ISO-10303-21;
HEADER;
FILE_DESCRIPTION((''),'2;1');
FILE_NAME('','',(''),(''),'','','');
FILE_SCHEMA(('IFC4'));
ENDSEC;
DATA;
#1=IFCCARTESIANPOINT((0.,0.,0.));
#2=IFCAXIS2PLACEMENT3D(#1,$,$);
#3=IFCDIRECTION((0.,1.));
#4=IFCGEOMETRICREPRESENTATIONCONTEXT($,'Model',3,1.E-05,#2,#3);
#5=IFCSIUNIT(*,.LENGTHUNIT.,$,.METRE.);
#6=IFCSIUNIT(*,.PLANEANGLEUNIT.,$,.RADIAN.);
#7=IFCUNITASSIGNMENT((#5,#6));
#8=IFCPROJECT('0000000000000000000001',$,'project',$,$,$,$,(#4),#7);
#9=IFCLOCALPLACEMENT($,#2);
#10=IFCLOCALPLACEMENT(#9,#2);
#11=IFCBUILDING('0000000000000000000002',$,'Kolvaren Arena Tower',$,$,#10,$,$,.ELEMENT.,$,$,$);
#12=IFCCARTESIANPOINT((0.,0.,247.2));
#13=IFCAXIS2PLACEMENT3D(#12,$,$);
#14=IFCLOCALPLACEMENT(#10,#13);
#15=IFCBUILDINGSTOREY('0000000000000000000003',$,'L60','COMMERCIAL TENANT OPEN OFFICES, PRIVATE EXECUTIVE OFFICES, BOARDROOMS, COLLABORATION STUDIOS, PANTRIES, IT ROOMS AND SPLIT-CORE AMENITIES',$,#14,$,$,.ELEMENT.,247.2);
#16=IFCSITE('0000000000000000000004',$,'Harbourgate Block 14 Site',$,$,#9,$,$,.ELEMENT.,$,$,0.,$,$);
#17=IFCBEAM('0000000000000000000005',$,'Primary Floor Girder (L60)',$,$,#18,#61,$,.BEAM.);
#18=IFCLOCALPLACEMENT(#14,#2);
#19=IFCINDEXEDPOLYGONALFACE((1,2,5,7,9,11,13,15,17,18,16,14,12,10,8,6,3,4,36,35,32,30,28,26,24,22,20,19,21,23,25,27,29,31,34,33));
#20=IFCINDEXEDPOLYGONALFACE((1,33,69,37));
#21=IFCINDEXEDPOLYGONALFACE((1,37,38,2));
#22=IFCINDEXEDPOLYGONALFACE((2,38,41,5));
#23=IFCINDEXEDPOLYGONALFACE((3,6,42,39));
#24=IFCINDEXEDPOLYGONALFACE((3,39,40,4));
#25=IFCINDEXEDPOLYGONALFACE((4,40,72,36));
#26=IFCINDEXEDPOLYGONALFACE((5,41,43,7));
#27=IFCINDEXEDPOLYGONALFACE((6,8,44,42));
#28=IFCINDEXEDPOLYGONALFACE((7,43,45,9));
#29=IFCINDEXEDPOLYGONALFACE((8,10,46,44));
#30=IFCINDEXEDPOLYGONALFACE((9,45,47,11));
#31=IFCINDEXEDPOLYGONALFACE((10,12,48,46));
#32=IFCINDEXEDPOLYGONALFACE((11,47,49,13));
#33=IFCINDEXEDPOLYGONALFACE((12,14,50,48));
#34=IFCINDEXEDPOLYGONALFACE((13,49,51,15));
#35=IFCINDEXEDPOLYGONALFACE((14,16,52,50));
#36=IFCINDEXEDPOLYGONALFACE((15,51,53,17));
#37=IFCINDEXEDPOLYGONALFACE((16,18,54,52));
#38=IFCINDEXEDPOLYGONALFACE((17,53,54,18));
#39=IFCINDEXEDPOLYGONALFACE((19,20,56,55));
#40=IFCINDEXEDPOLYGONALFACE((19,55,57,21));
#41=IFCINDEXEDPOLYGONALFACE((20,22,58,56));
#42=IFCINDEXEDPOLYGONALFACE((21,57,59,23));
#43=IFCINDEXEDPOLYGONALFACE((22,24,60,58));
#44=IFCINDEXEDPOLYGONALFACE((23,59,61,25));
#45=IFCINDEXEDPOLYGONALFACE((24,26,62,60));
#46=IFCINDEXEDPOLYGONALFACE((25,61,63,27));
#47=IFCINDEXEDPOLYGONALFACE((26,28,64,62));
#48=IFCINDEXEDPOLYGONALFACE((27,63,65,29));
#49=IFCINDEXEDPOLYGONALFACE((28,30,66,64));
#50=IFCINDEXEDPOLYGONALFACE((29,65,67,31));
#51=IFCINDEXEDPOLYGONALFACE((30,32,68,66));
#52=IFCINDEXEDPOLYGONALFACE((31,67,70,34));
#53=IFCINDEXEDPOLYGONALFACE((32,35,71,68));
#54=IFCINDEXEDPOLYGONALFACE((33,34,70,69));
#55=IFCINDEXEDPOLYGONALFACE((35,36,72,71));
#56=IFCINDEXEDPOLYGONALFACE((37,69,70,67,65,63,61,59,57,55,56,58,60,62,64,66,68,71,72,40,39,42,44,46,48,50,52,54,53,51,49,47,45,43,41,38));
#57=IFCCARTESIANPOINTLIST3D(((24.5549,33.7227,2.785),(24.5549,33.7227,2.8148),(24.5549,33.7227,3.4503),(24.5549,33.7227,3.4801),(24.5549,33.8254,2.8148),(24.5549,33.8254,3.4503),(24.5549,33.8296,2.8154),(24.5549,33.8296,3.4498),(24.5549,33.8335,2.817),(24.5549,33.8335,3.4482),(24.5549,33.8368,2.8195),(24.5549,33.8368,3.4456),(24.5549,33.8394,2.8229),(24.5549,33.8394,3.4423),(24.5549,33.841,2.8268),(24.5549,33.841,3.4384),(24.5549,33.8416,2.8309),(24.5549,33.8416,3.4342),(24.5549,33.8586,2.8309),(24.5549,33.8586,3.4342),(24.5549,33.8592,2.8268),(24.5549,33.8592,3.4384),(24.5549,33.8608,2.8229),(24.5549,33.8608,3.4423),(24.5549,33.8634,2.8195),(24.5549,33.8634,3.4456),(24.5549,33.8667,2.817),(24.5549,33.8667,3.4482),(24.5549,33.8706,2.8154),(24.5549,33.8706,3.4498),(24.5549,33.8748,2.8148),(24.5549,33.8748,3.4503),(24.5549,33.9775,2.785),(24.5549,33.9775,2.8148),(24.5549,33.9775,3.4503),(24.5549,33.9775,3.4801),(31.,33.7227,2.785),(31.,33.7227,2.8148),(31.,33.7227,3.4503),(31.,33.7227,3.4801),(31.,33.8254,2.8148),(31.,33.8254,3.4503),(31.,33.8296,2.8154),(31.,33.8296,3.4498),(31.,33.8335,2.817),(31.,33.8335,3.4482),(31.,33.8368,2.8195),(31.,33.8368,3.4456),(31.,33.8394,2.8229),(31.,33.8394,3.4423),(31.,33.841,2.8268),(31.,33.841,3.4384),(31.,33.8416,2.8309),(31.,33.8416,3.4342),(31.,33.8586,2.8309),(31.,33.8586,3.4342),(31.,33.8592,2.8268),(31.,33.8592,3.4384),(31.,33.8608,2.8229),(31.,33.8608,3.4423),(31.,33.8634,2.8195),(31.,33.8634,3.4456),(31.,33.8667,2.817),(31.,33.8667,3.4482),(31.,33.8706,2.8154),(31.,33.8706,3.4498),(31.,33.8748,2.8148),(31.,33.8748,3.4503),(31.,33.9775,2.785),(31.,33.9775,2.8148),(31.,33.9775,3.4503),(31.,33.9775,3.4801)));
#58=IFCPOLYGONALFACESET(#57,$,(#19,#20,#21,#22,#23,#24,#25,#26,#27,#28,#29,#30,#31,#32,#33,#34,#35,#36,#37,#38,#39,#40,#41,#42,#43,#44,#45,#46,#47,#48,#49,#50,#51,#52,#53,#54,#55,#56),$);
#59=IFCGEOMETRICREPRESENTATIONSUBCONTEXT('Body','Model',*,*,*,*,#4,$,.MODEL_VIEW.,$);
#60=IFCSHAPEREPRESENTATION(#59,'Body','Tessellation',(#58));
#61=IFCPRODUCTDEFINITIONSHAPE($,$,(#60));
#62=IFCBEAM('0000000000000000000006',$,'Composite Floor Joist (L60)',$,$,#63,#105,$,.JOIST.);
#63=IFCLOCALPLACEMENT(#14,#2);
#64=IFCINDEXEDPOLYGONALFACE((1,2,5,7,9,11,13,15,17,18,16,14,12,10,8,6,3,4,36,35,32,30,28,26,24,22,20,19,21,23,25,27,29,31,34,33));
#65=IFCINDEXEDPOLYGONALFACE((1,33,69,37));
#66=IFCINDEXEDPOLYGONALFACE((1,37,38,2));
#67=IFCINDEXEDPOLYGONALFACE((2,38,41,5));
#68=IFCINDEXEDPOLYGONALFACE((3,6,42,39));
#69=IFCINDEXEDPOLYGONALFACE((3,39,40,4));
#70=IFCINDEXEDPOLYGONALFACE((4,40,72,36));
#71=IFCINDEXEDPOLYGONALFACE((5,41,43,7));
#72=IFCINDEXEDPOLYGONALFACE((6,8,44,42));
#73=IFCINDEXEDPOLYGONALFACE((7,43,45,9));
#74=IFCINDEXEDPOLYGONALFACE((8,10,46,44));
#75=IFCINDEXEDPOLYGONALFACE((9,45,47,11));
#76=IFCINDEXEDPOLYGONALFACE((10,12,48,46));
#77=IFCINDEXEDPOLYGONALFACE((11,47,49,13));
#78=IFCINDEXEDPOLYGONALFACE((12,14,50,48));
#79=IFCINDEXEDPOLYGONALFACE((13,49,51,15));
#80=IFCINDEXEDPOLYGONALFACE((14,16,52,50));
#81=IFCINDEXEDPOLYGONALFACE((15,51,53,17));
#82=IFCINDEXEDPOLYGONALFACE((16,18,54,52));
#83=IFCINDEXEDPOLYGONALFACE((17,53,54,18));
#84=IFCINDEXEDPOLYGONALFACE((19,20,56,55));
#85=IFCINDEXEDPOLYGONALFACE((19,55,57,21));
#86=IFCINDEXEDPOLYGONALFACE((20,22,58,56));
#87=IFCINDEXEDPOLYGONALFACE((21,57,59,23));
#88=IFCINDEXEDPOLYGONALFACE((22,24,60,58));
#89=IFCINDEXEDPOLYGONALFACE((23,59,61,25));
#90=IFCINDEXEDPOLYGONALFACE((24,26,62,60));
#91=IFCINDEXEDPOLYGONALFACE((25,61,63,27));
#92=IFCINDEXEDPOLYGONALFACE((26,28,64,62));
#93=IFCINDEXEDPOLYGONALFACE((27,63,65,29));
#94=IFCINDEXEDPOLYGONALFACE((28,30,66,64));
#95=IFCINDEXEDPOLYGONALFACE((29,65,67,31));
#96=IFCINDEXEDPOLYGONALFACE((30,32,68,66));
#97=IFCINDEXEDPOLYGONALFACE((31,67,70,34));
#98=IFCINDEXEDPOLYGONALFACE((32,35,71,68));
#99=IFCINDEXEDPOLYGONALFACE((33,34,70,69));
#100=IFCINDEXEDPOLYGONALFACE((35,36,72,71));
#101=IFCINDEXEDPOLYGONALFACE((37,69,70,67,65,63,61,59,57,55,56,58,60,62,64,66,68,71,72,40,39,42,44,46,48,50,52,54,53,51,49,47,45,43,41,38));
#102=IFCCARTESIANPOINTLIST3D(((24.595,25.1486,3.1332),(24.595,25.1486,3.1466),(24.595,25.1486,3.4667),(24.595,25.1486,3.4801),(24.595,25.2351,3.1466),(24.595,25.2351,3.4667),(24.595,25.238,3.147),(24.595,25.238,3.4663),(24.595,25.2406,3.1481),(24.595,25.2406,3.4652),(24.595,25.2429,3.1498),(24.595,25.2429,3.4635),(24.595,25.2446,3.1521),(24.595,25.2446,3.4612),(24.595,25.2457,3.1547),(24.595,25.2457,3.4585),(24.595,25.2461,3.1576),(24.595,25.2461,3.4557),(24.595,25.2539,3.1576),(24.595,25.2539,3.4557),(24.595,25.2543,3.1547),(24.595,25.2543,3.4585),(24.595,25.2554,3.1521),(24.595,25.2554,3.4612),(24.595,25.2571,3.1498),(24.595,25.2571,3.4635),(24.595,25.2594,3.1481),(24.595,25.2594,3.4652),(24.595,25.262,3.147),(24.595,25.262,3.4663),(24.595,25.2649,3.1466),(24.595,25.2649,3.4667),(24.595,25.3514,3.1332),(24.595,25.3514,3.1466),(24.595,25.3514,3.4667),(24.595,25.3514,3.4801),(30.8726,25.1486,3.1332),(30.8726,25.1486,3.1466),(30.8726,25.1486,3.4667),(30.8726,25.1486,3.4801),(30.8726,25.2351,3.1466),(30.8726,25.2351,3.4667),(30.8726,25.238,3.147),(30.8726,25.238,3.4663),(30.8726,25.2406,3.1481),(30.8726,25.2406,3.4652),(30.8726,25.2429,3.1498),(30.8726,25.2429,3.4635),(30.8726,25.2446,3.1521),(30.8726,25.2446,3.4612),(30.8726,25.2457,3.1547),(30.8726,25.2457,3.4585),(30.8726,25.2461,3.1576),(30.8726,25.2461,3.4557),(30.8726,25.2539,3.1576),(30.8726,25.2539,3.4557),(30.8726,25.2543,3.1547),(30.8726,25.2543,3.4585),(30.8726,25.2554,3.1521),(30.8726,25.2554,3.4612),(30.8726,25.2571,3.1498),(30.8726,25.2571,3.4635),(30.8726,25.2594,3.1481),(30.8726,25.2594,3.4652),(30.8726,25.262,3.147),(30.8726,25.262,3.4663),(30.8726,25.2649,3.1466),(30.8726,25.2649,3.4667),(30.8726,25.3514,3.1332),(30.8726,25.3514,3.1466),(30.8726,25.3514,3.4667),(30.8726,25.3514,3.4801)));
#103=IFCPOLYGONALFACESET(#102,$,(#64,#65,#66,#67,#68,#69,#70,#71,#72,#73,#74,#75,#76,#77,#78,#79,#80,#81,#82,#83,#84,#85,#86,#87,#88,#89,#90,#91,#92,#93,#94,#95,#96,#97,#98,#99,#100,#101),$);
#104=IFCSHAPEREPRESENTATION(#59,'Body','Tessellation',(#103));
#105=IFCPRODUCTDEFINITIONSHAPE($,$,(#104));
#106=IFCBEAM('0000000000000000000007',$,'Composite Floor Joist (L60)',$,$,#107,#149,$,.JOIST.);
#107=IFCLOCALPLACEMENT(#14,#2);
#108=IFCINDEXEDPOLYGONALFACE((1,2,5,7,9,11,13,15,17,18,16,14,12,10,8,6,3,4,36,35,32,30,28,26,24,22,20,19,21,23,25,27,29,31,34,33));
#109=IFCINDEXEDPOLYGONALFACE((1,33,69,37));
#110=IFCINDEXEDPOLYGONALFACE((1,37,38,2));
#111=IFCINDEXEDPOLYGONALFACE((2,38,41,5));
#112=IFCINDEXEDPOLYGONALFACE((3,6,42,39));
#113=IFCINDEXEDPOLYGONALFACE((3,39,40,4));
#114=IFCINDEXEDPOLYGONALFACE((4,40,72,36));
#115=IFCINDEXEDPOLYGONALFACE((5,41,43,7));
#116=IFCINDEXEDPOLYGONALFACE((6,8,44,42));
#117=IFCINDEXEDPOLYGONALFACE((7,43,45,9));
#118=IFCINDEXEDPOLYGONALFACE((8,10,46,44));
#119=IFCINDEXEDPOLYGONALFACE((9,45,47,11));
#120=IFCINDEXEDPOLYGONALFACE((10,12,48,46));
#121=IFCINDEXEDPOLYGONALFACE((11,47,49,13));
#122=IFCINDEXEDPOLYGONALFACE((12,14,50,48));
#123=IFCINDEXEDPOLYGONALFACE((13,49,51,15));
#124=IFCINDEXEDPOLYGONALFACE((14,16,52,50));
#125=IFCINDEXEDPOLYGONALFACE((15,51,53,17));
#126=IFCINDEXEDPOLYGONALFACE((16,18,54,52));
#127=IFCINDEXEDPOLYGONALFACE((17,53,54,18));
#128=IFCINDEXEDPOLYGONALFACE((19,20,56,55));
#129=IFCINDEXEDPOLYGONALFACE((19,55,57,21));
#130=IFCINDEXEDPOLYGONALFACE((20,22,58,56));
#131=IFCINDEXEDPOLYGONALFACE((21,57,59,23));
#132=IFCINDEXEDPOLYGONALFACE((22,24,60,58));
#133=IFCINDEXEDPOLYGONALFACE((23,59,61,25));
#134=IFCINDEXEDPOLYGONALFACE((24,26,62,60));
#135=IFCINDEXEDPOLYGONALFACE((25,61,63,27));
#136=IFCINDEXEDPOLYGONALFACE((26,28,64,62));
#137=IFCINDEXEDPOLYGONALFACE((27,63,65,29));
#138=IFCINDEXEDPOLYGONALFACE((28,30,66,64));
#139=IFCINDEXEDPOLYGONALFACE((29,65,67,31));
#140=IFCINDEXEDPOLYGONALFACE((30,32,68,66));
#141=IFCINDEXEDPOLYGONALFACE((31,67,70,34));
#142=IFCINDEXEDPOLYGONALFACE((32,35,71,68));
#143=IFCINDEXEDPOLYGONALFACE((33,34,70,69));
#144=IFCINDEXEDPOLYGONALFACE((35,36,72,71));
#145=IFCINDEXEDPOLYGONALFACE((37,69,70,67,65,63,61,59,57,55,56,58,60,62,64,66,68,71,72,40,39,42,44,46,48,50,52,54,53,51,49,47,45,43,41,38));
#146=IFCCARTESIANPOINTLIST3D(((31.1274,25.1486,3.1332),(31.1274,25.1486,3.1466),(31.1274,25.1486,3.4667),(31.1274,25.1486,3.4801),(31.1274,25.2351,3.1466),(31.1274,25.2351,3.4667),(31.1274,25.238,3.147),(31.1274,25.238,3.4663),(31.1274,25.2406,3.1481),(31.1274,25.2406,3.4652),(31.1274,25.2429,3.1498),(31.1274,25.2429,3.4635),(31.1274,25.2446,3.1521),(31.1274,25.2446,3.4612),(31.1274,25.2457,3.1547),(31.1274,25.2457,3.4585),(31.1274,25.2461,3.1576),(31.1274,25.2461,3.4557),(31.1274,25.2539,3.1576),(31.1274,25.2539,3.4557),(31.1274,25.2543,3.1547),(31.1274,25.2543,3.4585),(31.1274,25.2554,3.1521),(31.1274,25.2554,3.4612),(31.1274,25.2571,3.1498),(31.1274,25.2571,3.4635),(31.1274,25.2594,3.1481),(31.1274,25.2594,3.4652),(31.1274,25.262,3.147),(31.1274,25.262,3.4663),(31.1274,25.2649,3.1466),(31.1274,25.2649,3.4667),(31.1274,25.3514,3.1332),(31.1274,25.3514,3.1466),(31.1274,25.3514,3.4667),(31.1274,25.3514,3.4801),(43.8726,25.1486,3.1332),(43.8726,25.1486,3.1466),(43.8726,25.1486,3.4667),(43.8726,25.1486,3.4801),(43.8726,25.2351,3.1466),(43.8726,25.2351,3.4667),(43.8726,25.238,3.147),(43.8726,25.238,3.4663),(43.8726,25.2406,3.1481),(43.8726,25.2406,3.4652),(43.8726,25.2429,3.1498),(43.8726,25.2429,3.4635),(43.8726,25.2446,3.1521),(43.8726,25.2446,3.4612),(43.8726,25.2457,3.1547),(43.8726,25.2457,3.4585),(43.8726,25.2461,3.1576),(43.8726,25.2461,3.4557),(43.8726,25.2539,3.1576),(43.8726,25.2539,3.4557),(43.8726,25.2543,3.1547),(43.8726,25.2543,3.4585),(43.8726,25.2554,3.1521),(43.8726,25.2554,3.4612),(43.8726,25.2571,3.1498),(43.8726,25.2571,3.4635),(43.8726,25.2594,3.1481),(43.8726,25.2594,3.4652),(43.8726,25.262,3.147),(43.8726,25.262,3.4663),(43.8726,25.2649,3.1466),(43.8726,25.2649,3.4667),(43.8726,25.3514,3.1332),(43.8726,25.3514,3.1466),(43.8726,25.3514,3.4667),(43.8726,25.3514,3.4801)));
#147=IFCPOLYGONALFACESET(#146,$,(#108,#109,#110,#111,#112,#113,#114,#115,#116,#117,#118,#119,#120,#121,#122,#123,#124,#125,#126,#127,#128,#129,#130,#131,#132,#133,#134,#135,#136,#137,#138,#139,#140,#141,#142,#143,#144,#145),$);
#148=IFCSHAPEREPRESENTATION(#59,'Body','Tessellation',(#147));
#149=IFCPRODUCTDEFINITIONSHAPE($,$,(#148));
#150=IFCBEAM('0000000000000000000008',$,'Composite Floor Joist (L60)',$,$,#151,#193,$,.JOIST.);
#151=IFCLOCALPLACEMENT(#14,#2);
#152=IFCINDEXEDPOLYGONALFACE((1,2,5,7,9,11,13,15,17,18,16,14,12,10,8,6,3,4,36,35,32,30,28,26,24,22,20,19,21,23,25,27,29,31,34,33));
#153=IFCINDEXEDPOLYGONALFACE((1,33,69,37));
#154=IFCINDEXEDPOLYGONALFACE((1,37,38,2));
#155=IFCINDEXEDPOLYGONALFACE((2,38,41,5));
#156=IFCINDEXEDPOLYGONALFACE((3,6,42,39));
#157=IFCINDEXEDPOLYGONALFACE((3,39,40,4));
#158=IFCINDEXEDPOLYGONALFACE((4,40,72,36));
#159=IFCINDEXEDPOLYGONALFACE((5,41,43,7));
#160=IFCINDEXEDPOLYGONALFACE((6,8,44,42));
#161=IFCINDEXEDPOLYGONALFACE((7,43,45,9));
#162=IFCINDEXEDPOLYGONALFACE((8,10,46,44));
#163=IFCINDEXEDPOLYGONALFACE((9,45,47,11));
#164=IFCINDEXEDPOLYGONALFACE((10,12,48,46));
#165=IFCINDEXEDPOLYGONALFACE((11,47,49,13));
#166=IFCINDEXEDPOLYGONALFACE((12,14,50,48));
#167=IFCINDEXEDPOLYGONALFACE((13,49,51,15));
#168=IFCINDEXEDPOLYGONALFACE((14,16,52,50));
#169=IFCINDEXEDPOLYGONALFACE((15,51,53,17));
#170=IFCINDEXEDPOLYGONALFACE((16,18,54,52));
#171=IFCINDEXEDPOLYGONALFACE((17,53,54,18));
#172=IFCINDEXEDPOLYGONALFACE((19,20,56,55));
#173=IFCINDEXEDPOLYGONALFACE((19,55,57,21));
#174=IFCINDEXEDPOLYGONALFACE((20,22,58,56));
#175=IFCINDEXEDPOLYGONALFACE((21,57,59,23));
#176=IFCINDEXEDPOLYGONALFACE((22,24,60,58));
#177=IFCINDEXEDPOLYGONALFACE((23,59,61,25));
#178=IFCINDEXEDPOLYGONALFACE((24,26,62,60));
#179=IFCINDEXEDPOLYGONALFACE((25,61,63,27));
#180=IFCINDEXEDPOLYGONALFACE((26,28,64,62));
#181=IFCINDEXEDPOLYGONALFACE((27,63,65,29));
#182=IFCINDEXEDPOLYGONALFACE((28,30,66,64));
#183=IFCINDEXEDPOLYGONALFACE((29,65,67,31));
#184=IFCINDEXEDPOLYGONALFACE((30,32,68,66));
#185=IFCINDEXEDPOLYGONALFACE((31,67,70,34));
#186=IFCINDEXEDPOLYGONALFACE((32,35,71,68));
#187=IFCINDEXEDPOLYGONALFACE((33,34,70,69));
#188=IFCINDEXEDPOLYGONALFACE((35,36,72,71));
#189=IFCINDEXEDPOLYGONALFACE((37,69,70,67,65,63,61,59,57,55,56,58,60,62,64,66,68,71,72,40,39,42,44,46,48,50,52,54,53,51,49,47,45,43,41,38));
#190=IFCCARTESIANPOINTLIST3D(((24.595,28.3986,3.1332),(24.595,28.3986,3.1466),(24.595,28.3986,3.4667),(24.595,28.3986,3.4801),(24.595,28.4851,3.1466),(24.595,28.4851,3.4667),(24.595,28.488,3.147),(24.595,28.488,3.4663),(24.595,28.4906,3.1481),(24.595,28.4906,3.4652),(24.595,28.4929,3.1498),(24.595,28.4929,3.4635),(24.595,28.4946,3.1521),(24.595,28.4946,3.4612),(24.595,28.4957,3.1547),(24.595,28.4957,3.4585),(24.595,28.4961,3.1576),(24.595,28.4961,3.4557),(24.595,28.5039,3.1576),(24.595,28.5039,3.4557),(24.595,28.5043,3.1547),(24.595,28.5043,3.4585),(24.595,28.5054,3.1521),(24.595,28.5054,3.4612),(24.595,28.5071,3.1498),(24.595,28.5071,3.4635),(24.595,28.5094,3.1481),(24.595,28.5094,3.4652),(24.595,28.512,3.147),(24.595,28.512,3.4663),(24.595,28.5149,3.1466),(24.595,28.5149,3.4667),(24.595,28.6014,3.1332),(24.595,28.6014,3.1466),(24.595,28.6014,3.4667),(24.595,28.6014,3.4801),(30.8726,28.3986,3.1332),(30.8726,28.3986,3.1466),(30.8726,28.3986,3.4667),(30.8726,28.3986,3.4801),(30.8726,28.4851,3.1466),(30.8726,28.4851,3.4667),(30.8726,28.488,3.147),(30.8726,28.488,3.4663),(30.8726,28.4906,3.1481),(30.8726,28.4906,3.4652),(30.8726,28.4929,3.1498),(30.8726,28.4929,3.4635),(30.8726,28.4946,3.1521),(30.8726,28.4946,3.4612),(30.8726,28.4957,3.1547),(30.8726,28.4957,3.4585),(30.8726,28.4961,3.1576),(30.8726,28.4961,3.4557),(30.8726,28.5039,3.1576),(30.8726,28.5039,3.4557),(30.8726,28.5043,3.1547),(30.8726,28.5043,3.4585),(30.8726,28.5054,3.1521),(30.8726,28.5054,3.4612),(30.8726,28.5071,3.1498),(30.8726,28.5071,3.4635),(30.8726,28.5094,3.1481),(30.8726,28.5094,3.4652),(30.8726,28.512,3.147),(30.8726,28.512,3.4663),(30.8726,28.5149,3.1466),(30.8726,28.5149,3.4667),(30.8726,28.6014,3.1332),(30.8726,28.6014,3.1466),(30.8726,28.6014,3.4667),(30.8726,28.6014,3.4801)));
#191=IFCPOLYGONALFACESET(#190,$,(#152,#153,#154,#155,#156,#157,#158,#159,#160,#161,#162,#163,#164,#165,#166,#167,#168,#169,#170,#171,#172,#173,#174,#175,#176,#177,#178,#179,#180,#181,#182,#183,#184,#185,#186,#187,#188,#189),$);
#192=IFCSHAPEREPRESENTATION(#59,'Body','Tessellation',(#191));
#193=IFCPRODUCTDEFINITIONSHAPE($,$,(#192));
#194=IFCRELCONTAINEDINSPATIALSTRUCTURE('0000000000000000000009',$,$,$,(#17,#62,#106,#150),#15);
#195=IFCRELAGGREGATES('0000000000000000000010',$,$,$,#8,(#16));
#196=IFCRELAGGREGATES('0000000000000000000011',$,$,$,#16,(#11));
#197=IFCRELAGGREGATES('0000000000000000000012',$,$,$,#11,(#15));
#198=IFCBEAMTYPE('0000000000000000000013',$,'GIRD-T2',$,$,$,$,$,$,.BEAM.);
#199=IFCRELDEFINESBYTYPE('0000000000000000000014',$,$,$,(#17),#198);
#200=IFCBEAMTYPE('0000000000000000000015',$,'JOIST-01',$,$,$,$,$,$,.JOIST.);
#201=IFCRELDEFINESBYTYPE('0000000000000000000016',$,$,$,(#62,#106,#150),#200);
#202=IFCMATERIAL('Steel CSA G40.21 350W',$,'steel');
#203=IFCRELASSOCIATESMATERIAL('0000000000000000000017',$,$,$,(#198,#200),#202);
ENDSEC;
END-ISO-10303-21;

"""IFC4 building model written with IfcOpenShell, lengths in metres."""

from ifc_helpers import new_model, si_unit, direction, frame, origin, origin_2d, place, context, subcontext, project, spatial, i_section, extrude, material, material_profile, profile_set, type_object, element, save


model = new_model("IFC4")

# Units and contexts
model_context = context("Model", 3, precision=1e-05, world=origin(), true_north=direction((0.0, 1.0)))
body_context = subcontext(model_context, "Body", "Model", "MODEL_VIEW")
ifc_project = project(units=[si_unit("LENGTHUNIT", "METRE"), si_unit("PLANEANGLEUNIT", "RADIAN")], contexts=[model_context])

# Site, building, storey
site_placement = place(None, origin())
site = spatial("IfcSite", under=ifc_project, at=site_placement, Name="Harbourgate Block 14 Site", CompositionType="ELEMENT", RefElevation=0.0)
building_placement = place(site_placement, origin())
building = spatial("IfcBuilding", under=site, at=building_placement, Name="Kolvaren Arena Tower", CompositionType="ELEMENT")
storey_placement = place(building_placement, frame((0.0, 0.0, 247.2)))
storey = spatial("IfcBuildingStorey", under=building, at=storey_placement, Name="L60", Description="COMMERCIAL TENANT OPEN OFFICES, PRIVATE EXECUTIVE OFFICES, BOARDROOMS, COLLABORATION STUDIOS, PANTRIES, IT ROOMS AND SPLIT-CORE AMENITIES", CompositionType="ELEMENT", Elevation=247.2)

# Beams
ifc_material_1 = material(Name="Steel CSA G40.21 350W", Category="steel")
ifc_material_profile_1 = material_profile(ifc_material_1, i_section(OverallWidth=0.2549, OverallDepth=0.6951, WebThickness=0.0171, FlangeThickness=0.0298, FilletRadius=0.0161, at=origin_2d()), Name="W690x217")
ifc_profile_set_1 = profile_set([ifc_material_profile_1], Name="Steel CSA G40.21 350W")
beam_type_1 = type_object("IfcBeamType", Name="GIRD-T2", PredefinedType="BEAM", material=ifc_profile_set_1)
beam_1_placement = place(storey_placement, frame((24.5549, 33.8501, 3.1326), z_axis=(1.0, 0.0, 0.0), x_axis=(0.0, 1.0, 0.0)))
element("IfcBeam", 1, at=beam_1_placement, inside=storey, type_object=beam_type_1, Name="Primary Floor Girder (L60)", PredefinedType="BEAM", context=body_context, shape_type="SweptSolid", body=[
    extrude(i_section(OverallWidth=0.2549, OverallDepth=0.6951, WebThickness=0.0171, FlangeThickness=0.0298, FilletRadius=0.0161, at=origin_2d()), origin(), (0.0, 0.0, 1.0), 6.4451),
])
ifc_material_profile_2 = material_profile(ifc_material_1, i_section(OverallWidth=0.2029, OverallDepth=0.3469, WebThickness=0.0078, FlangeThickness=0.0134, FilletRadius=0.011, at=origin_2d()), Name="W360x64")
ifc_profile_set_2 = profile_set([ifc_material_profile_2], Name="Steel CSA G40.21 350W")
beam_type_2 = type_object("IfcBeamType", Name="JOIST-01", PredefinedType="JOIST", material=ifc_profile_set_2)
beam_2_placement = place(storey_placement, frame((24.595, 25.25, 3.3066), z_axis=(1.0, 0.0, 0.0), x_axis=(0.0, 1.0, 0.0)))
element("IfcBeam", 2, at=beam_2_placement, inside=storey, type_object=beam_type_2, Name="Composite Floor Joist (L60)", PredefinedType="JOIST", context=body_context, shape_type="SweptSolid", body=[
    extrude(i_section(OverallWidth=0.2029, OverallDepth=0.3469, WebThickness=0.0078, FlangeThickness=0.0134, FilletRadius=0.011, at=origin_2d()), origin(), (0.0, 0.0, 1.0), 6.2776),
])
beam_3_placement = place(storey_placement, frame((31.1274, 25.25, 3.3066), z_axis=(1.0, 0.0, 0.0), x_axis=(0.0, 1.0, 0.0)))
element("IfcBeam", 3, at=beam_3_placement, inside=storey, type_object=beam_type_2, Name="Composite Floor Joist (L60)", PredefinedType="JOIST", context=body_context, shape_type="SweptSolid", body=[
    extrude(i_section(OverallWidth=0.2029, OverallDepth=0.3469, WebThickness=0.0078, FlangeThickness=0.0134, FilletRadius=0.011, at=origin_2d()), origin(), (0.0, 0.0, 1.0), 12.7451),
])
beam_4_placement = place(storey_placement, frame((24.595, 28.5, 3.3066), z_axis=(1.0, 0.0, 0.0), x_axis=(0.0, 1.0, 0.0)))
element("IfcBeam", 4, at=beam_4_placement, inside=storey, type_object=beam_type_2, Name="Composite Floor Joist (L60)", PredefinedType="JOIST", context=body_context, shape_type="SweptSolid", body=[
    extrude(i_section(OverallWidth=0.2029, OverallDepth=0.3469, WebThickness=0.0078, FlangeThickness=0.0134, FilletRadius=0.011, at=origin_2d()), origin(), (0.0, 0.0, 1.0), 6.2776),
])

save(model, "model.ifc")
